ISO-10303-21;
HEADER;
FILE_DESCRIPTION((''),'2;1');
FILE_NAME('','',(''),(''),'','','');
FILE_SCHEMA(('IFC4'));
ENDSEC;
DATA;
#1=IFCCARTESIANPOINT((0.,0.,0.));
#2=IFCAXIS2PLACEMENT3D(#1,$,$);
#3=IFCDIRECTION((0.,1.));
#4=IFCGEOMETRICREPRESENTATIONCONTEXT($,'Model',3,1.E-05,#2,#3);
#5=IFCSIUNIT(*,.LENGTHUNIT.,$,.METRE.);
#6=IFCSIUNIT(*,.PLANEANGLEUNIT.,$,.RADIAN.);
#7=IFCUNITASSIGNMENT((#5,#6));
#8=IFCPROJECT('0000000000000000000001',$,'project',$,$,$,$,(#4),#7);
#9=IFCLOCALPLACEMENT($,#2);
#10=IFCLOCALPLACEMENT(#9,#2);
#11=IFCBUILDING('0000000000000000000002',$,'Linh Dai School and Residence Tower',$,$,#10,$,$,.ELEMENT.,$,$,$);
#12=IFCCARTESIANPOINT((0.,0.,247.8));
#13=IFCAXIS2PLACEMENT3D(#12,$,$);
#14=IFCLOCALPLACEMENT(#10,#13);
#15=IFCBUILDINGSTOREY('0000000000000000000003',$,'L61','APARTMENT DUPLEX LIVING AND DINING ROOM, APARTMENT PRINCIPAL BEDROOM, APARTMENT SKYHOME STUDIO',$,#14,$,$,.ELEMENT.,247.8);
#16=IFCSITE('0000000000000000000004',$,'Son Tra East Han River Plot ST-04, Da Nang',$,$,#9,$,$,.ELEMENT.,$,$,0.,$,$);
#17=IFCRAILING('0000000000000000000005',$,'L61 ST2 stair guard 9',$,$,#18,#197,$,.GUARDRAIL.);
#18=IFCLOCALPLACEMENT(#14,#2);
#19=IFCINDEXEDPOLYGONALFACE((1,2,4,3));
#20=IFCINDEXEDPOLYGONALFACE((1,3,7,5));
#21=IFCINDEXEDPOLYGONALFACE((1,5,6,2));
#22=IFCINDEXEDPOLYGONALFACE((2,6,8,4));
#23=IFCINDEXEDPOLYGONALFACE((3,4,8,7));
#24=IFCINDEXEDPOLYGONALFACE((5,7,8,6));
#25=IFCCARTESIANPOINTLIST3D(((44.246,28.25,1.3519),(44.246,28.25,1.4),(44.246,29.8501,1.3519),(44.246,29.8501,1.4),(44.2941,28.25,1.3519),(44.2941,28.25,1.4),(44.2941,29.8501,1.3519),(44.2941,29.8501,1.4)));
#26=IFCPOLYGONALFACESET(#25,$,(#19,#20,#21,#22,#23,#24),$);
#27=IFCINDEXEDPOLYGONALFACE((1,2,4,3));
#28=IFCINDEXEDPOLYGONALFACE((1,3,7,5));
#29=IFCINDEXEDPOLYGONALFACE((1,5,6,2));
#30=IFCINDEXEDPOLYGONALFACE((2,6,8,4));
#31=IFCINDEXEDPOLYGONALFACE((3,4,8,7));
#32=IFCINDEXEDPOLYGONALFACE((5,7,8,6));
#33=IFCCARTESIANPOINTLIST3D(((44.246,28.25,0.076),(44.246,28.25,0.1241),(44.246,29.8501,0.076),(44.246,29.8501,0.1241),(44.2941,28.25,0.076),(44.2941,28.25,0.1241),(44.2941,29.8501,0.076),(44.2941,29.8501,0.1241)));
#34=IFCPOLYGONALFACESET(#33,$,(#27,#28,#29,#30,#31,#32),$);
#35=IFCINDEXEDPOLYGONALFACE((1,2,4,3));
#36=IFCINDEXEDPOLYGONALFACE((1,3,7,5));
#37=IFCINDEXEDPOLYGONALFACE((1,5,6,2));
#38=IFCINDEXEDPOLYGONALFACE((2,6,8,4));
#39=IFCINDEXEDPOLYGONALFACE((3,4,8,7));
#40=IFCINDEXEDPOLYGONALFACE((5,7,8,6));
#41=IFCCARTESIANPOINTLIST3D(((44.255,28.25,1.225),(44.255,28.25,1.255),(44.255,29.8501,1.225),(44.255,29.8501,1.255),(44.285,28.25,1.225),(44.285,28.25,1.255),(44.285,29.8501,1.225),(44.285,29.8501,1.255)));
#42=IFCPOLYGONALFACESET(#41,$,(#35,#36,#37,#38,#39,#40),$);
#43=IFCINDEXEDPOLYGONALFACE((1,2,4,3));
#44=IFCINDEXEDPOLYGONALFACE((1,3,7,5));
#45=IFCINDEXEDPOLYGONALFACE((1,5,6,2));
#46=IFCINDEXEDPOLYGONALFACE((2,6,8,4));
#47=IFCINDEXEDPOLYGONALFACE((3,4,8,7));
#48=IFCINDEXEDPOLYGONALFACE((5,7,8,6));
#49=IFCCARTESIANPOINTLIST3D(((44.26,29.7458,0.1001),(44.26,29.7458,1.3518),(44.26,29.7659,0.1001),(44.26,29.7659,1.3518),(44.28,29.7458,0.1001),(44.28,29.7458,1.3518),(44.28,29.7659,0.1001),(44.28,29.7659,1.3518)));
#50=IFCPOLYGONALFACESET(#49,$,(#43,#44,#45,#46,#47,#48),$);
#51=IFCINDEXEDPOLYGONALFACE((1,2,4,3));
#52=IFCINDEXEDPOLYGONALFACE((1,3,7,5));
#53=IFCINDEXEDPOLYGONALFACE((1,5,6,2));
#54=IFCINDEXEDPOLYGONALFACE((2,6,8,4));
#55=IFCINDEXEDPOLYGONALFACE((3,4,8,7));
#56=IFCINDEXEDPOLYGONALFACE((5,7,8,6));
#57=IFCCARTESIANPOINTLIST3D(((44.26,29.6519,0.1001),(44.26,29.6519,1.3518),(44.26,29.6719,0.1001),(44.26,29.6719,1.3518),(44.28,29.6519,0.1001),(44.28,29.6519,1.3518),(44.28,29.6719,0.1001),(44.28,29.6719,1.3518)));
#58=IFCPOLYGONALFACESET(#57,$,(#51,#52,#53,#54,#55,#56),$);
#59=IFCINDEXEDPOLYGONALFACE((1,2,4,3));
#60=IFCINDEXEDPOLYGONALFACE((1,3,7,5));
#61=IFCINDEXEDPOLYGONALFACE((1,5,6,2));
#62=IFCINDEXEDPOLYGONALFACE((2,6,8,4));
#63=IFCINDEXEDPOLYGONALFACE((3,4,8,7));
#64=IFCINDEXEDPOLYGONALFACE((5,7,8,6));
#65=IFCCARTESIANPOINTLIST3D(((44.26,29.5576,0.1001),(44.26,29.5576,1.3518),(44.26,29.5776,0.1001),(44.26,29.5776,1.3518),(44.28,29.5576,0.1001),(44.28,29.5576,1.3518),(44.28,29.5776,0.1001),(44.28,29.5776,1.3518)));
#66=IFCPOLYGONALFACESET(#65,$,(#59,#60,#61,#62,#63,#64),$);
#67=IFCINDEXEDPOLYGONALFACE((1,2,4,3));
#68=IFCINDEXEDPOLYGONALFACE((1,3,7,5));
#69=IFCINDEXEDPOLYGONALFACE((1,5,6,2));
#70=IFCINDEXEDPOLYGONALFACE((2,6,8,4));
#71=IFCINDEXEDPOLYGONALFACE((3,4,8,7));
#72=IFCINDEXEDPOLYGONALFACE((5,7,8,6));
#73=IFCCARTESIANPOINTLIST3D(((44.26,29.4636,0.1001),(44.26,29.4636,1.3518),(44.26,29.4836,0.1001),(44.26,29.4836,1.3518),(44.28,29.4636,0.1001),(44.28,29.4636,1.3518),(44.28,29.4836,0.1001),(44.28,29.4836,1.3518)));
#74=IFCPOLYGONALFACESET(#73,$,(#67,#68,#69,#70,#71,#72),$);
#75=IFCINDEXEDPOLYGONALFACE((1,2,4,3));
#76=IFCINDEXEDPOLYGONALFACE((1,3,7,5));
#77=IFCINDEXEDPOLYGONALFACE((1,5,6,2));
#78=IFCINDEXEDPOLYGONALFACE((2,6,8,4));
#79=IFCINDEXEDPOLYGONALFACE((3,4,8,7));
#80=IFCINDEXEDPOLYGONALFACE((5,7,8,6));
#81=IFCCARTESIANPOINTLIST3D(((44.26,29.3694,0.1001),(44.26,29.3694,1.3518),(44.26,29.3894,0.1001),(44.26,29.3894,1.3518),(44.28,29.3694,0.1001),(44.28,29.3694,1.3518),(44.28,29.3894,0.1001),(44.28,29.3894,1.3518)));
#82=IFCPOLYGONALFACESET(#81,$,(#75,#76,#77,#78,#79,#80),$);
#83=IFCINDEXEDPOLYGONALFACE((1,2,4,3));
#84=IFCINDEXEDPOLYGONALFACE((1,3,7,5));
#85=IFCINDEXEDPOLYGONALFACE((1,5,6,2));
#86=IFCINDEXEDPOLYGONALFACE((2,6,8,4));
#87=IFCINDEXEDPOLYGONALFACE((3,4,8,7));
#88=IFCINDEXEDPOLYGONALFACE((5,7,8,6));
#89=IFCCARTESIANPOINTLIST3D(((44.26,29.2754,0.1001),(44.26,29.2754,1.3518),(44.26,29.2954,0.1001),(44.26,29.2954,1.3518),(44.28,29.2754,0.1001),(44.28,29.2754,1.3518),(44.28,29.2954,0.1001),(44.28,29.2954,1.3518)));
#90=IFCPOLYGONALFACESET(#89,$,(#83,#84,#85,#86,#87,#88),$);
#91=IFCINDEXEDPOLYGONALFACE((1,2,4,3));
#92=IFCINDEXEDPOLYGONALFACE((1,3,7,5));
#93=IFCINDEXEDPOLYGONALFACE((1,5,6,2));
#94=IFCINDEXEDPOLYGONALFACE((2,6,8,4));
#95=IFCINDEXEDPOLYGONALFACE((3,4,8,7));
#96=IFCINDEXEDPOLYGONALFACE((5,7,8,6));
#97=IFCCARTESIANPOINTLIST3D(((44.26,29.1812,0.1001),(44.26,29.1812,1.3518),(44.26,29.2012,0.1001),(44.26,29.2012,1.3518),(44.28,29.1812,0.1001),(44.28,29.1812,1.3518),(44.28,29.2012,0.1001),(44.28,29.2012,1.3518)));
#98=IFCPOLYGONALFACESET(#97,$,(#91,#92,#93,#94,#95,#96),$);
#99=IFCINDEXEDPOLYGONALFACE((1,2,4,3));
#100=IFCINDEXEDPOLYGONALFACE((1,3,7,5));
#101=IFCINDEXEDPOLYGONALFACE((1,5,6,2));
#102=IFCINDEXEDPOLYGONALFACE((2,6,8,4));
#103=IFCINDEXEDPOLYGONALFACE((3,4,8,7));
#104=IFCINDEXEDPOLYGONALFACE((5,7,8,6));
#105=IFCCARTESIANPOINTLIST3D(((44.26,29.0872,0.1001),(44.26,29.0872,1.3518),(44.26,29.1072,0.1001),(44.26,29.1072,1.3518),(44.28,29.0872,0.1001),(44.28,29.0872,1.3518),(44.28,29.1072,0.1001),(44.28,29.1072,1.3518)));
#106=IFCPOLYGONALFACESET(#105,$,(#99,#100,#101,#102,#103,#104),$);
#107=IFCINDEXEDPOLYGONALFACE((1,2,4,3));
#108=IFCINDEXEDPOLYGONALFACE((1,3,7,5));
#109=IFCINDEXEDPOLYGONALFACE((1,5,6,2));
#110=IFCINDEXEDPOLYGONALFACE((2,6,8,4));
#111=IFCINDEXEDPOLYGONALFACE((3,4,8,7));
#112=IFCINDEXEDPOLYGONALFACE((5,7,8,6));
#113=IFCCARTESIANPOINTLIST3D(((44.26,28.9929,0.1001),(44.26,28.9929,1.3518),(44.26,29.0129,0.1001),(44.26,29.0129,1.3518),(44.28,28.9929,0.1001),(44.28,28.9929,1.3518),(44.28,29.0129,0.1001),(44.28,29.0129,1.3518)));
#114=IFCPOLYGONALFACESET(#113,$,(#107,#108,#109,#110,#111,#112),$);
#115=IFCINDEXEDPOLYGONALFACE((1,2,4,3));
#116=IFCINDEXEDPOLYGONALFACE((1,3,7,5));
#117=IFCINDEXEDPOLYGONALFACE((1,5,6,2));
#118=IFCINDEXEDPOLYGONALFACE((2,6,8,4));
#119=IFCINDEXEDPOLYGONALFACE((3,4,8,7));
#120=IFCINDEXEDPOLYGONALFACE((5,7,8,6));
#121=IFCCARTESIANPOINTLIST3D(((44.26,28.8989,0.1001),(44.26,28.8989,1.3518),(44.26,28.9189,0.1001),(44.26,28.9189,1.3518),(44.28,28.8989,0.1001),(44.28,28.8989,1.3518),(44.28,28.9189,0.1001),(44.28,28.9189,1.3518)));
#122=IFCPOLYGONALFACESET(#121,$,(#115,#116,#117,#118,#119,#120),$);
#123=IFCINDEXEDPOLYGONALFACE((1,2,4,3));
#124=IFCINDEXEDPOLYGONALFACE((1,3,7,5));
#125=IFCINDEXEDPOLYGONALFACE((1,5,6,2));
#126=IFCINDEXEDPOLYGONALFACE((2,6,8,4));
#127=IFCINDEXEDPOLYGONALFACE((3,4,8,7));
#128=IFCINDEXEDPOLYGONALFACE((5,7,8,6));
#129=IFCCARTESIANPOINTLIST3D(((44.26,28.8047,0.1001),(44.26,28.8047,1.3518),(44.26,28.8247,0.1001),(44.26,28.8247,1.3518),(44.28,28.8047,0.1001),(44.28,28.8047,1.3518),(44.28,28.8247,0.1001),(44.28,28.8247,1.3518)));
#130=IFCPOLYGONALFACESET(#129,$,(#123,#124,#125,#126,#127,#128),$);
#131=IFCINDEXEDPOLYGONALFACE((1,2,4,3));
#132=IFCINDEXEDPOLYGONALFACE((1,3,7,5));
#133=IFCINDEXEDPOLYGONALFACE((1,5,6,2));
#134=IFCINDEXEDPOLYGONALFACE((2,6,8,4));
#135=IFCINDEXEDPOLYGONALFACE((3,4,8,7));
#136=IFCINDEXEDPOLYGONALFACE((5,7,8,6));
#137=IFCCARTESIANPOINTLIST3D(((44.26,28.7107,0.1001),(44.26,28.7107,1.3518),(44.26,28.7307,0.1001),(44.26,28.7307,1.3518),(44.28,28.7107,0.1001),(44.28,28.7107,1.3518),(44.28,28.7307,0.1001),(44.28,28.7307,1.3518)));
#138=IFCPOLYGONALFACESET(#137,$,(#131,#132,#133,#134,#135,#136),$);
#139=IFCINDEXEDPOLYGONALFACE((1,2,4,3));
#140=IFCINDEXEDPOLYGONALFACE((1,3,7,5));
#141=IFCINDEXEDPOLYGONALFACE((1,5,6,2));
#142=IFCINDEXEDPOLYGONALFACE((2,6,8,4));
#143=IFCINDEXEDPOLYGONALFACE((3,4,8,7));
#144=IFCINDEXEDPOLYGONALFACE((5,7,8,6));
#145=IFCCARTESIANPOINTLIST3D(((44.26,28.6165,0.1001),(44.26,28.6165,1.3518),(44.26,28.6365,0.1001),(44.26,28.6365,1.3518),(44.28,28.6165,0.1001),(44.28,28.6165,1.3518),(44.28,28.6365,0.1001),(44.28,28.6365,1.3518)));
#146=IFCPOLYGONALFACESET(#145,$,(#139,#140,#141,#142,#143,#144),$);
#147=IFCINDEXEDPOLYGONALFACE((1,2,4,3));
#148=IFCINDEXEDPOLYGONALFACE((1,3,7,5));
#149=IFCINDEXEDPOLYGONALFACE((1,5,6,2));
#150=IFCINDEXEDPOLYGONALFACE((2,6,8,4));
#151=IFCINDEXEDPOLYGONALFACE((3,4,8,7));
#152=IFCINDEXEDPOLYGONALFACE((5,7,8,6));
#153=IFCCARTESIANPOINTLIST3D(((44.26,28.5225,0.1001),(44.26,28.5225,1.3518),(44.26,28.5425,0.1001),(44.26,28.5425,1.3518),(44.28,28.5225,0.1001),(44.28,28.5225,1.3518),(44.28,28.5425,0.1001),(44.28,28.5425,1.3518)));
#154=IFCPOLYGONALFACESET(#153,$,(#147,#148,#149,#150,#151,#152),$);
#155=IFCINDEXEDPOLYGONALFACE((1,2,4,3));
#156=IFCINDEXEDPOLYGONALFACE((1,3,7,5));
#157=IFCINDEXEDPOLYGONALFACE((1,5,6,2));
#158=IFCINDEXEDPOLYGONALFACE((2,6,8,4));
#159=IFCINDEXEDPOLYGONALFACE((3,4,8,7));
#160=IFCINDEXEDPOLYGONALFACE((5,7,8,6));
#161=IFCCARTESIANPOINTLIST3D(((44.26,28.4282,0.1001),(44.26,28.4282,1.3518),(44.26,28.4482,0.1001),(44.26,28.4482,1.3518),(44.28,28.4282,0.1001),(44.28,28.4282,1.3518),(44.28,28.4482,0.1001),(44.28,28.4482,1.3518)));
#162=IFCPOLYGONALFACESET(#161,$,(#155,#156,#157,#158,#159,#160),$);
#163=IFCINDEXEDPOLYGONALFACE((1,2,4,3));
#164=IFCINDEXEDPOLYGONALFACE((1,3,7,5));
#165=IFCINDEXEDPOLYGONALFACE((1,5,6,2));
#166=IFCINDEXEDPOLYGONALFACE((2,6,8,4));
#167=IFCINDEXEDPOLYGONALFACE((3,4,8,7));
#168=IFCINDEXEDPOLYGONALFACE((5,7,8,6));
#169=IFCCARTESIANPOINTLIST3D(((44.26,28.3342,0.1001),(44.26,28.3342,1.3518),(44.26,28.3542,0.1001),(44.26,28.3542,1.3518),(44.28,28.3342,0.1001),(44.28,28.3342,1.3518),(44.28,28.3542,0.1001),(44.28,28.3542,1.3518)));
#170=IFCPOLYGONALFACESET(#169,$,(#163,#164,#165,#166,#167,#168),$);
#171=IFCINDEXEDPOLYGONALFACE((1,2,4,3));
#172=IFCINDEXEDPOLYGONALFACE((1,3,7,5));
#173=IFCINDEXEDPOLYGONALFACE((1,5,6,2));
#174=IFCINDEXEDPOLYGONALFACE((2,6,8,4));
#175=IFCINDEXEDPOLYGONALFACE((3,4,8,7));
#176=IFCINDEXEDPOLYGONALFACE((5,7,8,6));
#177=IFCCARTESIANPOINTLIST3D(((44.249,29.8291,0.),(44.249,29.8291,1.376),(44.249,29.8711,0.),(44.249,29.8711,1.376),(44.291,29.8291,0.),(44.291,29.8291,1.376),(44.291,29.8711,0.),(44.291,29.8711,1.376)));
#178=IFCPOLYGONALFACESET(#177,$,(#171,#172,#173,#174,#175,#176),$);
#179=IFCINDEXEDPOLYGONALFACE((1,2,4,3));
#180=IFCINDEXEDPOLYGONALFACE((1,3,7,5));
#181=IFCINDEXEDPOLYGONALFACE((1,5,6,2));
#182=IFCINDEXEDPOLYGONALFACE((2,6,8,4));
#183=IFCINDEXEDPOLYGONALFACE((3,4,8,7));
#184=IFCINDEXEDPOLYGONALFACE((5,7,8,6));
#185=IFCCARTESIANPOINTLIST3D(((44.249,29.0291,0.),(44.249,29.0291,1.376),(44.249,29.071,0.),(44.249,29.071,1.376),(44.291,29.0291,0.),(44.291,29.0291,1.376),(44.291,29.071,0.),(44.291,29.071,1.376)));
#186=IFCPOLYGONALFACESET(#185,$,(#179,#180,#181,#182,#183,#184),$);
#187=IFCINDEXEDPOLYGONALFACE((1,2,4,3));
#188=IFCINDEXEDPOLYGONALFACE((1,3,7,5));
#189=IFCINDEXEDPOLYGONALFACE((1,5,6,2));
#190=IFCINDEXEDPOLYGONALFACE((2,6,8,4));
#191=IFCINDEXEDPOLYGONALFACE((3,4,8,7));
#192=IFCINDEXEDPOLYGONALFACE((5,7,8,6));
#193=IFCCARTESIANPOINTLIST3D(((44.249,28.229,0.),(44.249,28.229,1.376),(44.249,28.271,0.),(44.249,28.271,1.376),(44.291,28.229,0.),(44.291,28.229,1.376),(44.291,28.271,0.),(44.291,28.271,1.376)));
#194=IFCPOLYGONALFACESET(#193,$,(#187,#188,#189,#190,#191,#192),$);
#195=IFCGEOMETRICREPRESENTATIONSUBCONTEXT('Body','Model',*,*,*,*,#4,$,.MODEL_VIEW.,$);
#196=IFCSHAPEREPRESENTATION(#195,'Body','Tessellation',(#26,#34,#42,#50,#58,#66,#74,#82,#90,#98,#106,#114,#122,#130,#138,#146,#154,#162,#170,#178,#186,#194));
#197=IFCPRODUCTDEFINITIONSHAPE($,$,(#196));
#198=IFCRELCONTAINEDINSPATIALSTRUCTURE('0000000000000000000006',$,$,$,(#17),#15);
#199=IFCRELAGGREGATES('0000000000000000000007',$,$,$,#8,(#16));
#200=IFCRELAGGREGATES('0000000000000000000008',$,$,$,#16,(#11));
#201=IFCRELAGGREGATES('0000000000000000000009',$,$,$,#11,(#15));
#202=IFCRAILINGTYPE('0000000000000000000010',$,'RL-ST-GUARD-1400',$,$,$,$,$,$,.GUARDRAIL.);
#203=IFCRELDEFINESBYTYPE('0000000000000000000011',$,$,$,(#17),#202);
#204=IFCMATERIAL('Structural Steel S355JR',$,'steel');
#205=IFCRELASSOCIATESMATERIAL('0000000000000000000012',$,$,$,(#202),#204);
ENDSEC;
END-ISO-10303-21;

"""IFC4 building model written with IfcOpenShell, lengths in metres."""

from ifc_helpers import new_model, si_unit, direction, frame, origin, origin_2d, place, context, subcontext, project, spatial, rectangle, extrude, source, transform, mapped, material, type_object, element, save


model = new_model("IFC4")

# Units and contexts
model_context = context("Model", 3, precision=1e-05, world=origin(), true_north=direction((0.0, 1.0)))
body_context = subcontext(model_context, "Body", "Model", "MODEL_VIEW")
ifc_project = project(units=[si_unit("LENGTHUNIT", "METRE"), si_unit("PLANEANGLEUNIT", "RADIAN")], contexts=[model_context])

# Site, building, storey
site_placement = place(None, origin())
site = spatial("IfcSite", under=ifc_project, at=site_placement, Name="Son Tra East Han River Plot ST-04, Da Nang", CompositionType="ELEMENT", RefElevation=0.0)
building_placement = place(site_placement, origin())
building = spatial("IfcBuilding", under=site, at=building_placement, Name="Linh Dai School and Residence Tower", CompositionType="ELEMENT")
storey_placement = place(building_placement, frame((0.0, 0.0, 247.8)))
storey = spatial("IfcBuildingStorey", under=building, at=storey_placement, Name="L61", Description="APARTMENT DUPLEX LIVING AND DINING ROOM, APARTMENT PRINCIPAL BEDROOM, APARTMENT SKYHOME STUDIO", CompositionType="ELEMENT", Elevation=247.8)

# Shared definitions
ifc_material_1 = material(Name="Structural Steel S355JR", Category="steel")

# Railing
railing_type_1 = type_object("IfcRailingType", Name="RL-ST-GUARD-1400", PredefinedType="GUARDRAIL", material=ifc_material_1)
shared_shape_1 = source(origin(), body_context, "Body", "SweptSolid", [
    extrude(rectangle(XDim=0.0481, YDim=0.0481, at=origin_2d()), frame((0.0, 0.0, 1.376), z_axis=(0.0, -1.0, 0.0), x_axis=(1.0, 0.0, 0.0)), (0.0, 0.0, 1.0), 1.6001),
    extrude(rectangle(XDim=0.0481, YDim=0.0481, at=origin_2d()), frame((0.0, 0.0, 0.1001), z_axis=(0.0, -1.0, 0.0), x_axis=(1.0, 0.0, 0.0)), (0.0, 0.0, 1.0), 1.6001),
    extrude(rectangle(XDim=0.03, YDim=0.03, at=origin_2d()), frame((0.0, 0.0, 1.24), z_axis=(0.0, -1.0, 0.0), x_axis=(1.0, 0.0, 0.0)), (0.0, 0.0, 1.0), 1.6001),
    extrude(rectangle(XDim=0.02, YDim=0.02, at=origin_2d()), frame((0.0, -0.0942, 0.1001)), (0.0, 0.0, 1.0), 1.2517),
    extrude(rectangle(XDim=0.02, YDim=0.02, at=origin_2d()), frame((0.0, -0.1882, 0.1001)), (0.0, 0.0, 1.0), 1.2517),
    extrude(rectangle(XDim=0.02, YDim=0.02, at=origin_2d()), frame((0.0, -0.2825, 0.1001)), (0.0, 0.0, 1.0), 1.2517),
    extrude(rectangle(XDim=0.02, YDim=0.02, at=origin_2d()), frame((0.0, -0.3765, 0.1001)), (0.0, 0.0, 1.0), 1.2517),
    extrude(rectangle(XDim=0.02, YDim=0.02, at=origin_2d()), frame((0.0, -0.4707, 0.1001)), (0.0, 0.0, 1.0), 1.2517),
    extrude(rectangle(XDim=0.02, YDim=0.02, at=origin_2d()), frame((0.0, -0.5647, 0.1001)), (0.0, 0.0, 1.0), 1.2517),
    extrude(rectangle(XDim=0.02, YDim=0.02, at=origin_2d()), frame((0.0, -0.6589, 0.1001)), (0.0, 0.0, 1.0), 1.2517),
    extrude(rectangle(XDim=0.02, YDim=0.02, at=origin_2d()), frame((0.0, -0.7529, 0.1001)), (0.0, 0.0, 1.0), 1.2517),
    extrude(rectangle(XDim=0.02, YDim=0.02, at=origin_2d()), frame((0.0, -0.8472, 0.1001)), (0.0, 0.0, 1.0), 1.2517),
    extrude(rectangle(XDim=0.02, YDim=0.02, at=origin_2d()), frame((0.0, -0.9412, 0.1001)), (0.0, 0.0, 1.0), 1.2517),
    extrude(rectangle(XDim=0.02, YDim=0.02, at=origin_2d()), frame((0.0, -1.0354, 0.1001)), (0.0, 0.0, 1.0), 1.2517),
    extrude(rectangle(XDim=0.02, YDim=0.02, at=origin_2d()), frame((0.0, -1.1294, 0.1001)), (0.0, 0.0, 1.0), 1.2517),
    extrude(rectangle(XDim=0.02, YDim=0.02, at=origin_2d()), frame((0.0, -1.2236, 0.1001)), (0.0, 0.0, 1.0), 1.2517),
    extrude(rectangle(XDim=0.02, YDim=0.02, at=origin_2d()), frame((0.0, -1.3176, 0.1001)), (0.0, 0.0, 1.0), 1.2517),
    extrude(rectangle(XDim=0.02, YDim=0.02, at=origin_2d()), frame((0.0, -1.4119, 0.1001)), (0.0, 0.0, 1.0), 1.2517),
    extrude(rectangle(XDim=0.02, YDim=0.02, at=origin_2d()), frame((0.0, -1.5059, 0.1001)), (0.0, 0.0, 1.0), 1.2517),
    extrude(rectangle(XDim=0.042, YDim=0.042, at=origin_2d()), origin(), (0.0, 0.0, 1.0), 1.376),
    extrude(rectangle(XDim=0.042, YDim=0.042, at=origin_2d()), frame((0.0, -0.8, 0.0)), (0.0, 0.0, 1.0), 1.376),
    extrude(rectangle(XDim=0.042, YDim=0.042, at=origin_2d()), frame((0.0, -1.6001, 0.0)), (0.0, 0.0, 1.0), 1.376),
])
for number, where, name in (
    (1, (44.27, 29.8501, 0.0), "L61 ST2 stair guard 9"),
):
    element("IfcRailing", number, at=place(storey_placement, frame(where)), inside=storey, type_object=railing_type_1, Name=name, PredefinedType="GUARDRAIL", context=body_context, shape_type="MappedRepresentation", body=[
        mapped(shared_shape_1, transform((0.0, 0.0, 0.0), x_axis=(1.0, 0.0, 0.0), y_axis=(0.0, 1.0, 0.0), z_axis=(0.0, 0.0, 1.0), scale=1.0)),
    ])

save(model, "model.ifc")
